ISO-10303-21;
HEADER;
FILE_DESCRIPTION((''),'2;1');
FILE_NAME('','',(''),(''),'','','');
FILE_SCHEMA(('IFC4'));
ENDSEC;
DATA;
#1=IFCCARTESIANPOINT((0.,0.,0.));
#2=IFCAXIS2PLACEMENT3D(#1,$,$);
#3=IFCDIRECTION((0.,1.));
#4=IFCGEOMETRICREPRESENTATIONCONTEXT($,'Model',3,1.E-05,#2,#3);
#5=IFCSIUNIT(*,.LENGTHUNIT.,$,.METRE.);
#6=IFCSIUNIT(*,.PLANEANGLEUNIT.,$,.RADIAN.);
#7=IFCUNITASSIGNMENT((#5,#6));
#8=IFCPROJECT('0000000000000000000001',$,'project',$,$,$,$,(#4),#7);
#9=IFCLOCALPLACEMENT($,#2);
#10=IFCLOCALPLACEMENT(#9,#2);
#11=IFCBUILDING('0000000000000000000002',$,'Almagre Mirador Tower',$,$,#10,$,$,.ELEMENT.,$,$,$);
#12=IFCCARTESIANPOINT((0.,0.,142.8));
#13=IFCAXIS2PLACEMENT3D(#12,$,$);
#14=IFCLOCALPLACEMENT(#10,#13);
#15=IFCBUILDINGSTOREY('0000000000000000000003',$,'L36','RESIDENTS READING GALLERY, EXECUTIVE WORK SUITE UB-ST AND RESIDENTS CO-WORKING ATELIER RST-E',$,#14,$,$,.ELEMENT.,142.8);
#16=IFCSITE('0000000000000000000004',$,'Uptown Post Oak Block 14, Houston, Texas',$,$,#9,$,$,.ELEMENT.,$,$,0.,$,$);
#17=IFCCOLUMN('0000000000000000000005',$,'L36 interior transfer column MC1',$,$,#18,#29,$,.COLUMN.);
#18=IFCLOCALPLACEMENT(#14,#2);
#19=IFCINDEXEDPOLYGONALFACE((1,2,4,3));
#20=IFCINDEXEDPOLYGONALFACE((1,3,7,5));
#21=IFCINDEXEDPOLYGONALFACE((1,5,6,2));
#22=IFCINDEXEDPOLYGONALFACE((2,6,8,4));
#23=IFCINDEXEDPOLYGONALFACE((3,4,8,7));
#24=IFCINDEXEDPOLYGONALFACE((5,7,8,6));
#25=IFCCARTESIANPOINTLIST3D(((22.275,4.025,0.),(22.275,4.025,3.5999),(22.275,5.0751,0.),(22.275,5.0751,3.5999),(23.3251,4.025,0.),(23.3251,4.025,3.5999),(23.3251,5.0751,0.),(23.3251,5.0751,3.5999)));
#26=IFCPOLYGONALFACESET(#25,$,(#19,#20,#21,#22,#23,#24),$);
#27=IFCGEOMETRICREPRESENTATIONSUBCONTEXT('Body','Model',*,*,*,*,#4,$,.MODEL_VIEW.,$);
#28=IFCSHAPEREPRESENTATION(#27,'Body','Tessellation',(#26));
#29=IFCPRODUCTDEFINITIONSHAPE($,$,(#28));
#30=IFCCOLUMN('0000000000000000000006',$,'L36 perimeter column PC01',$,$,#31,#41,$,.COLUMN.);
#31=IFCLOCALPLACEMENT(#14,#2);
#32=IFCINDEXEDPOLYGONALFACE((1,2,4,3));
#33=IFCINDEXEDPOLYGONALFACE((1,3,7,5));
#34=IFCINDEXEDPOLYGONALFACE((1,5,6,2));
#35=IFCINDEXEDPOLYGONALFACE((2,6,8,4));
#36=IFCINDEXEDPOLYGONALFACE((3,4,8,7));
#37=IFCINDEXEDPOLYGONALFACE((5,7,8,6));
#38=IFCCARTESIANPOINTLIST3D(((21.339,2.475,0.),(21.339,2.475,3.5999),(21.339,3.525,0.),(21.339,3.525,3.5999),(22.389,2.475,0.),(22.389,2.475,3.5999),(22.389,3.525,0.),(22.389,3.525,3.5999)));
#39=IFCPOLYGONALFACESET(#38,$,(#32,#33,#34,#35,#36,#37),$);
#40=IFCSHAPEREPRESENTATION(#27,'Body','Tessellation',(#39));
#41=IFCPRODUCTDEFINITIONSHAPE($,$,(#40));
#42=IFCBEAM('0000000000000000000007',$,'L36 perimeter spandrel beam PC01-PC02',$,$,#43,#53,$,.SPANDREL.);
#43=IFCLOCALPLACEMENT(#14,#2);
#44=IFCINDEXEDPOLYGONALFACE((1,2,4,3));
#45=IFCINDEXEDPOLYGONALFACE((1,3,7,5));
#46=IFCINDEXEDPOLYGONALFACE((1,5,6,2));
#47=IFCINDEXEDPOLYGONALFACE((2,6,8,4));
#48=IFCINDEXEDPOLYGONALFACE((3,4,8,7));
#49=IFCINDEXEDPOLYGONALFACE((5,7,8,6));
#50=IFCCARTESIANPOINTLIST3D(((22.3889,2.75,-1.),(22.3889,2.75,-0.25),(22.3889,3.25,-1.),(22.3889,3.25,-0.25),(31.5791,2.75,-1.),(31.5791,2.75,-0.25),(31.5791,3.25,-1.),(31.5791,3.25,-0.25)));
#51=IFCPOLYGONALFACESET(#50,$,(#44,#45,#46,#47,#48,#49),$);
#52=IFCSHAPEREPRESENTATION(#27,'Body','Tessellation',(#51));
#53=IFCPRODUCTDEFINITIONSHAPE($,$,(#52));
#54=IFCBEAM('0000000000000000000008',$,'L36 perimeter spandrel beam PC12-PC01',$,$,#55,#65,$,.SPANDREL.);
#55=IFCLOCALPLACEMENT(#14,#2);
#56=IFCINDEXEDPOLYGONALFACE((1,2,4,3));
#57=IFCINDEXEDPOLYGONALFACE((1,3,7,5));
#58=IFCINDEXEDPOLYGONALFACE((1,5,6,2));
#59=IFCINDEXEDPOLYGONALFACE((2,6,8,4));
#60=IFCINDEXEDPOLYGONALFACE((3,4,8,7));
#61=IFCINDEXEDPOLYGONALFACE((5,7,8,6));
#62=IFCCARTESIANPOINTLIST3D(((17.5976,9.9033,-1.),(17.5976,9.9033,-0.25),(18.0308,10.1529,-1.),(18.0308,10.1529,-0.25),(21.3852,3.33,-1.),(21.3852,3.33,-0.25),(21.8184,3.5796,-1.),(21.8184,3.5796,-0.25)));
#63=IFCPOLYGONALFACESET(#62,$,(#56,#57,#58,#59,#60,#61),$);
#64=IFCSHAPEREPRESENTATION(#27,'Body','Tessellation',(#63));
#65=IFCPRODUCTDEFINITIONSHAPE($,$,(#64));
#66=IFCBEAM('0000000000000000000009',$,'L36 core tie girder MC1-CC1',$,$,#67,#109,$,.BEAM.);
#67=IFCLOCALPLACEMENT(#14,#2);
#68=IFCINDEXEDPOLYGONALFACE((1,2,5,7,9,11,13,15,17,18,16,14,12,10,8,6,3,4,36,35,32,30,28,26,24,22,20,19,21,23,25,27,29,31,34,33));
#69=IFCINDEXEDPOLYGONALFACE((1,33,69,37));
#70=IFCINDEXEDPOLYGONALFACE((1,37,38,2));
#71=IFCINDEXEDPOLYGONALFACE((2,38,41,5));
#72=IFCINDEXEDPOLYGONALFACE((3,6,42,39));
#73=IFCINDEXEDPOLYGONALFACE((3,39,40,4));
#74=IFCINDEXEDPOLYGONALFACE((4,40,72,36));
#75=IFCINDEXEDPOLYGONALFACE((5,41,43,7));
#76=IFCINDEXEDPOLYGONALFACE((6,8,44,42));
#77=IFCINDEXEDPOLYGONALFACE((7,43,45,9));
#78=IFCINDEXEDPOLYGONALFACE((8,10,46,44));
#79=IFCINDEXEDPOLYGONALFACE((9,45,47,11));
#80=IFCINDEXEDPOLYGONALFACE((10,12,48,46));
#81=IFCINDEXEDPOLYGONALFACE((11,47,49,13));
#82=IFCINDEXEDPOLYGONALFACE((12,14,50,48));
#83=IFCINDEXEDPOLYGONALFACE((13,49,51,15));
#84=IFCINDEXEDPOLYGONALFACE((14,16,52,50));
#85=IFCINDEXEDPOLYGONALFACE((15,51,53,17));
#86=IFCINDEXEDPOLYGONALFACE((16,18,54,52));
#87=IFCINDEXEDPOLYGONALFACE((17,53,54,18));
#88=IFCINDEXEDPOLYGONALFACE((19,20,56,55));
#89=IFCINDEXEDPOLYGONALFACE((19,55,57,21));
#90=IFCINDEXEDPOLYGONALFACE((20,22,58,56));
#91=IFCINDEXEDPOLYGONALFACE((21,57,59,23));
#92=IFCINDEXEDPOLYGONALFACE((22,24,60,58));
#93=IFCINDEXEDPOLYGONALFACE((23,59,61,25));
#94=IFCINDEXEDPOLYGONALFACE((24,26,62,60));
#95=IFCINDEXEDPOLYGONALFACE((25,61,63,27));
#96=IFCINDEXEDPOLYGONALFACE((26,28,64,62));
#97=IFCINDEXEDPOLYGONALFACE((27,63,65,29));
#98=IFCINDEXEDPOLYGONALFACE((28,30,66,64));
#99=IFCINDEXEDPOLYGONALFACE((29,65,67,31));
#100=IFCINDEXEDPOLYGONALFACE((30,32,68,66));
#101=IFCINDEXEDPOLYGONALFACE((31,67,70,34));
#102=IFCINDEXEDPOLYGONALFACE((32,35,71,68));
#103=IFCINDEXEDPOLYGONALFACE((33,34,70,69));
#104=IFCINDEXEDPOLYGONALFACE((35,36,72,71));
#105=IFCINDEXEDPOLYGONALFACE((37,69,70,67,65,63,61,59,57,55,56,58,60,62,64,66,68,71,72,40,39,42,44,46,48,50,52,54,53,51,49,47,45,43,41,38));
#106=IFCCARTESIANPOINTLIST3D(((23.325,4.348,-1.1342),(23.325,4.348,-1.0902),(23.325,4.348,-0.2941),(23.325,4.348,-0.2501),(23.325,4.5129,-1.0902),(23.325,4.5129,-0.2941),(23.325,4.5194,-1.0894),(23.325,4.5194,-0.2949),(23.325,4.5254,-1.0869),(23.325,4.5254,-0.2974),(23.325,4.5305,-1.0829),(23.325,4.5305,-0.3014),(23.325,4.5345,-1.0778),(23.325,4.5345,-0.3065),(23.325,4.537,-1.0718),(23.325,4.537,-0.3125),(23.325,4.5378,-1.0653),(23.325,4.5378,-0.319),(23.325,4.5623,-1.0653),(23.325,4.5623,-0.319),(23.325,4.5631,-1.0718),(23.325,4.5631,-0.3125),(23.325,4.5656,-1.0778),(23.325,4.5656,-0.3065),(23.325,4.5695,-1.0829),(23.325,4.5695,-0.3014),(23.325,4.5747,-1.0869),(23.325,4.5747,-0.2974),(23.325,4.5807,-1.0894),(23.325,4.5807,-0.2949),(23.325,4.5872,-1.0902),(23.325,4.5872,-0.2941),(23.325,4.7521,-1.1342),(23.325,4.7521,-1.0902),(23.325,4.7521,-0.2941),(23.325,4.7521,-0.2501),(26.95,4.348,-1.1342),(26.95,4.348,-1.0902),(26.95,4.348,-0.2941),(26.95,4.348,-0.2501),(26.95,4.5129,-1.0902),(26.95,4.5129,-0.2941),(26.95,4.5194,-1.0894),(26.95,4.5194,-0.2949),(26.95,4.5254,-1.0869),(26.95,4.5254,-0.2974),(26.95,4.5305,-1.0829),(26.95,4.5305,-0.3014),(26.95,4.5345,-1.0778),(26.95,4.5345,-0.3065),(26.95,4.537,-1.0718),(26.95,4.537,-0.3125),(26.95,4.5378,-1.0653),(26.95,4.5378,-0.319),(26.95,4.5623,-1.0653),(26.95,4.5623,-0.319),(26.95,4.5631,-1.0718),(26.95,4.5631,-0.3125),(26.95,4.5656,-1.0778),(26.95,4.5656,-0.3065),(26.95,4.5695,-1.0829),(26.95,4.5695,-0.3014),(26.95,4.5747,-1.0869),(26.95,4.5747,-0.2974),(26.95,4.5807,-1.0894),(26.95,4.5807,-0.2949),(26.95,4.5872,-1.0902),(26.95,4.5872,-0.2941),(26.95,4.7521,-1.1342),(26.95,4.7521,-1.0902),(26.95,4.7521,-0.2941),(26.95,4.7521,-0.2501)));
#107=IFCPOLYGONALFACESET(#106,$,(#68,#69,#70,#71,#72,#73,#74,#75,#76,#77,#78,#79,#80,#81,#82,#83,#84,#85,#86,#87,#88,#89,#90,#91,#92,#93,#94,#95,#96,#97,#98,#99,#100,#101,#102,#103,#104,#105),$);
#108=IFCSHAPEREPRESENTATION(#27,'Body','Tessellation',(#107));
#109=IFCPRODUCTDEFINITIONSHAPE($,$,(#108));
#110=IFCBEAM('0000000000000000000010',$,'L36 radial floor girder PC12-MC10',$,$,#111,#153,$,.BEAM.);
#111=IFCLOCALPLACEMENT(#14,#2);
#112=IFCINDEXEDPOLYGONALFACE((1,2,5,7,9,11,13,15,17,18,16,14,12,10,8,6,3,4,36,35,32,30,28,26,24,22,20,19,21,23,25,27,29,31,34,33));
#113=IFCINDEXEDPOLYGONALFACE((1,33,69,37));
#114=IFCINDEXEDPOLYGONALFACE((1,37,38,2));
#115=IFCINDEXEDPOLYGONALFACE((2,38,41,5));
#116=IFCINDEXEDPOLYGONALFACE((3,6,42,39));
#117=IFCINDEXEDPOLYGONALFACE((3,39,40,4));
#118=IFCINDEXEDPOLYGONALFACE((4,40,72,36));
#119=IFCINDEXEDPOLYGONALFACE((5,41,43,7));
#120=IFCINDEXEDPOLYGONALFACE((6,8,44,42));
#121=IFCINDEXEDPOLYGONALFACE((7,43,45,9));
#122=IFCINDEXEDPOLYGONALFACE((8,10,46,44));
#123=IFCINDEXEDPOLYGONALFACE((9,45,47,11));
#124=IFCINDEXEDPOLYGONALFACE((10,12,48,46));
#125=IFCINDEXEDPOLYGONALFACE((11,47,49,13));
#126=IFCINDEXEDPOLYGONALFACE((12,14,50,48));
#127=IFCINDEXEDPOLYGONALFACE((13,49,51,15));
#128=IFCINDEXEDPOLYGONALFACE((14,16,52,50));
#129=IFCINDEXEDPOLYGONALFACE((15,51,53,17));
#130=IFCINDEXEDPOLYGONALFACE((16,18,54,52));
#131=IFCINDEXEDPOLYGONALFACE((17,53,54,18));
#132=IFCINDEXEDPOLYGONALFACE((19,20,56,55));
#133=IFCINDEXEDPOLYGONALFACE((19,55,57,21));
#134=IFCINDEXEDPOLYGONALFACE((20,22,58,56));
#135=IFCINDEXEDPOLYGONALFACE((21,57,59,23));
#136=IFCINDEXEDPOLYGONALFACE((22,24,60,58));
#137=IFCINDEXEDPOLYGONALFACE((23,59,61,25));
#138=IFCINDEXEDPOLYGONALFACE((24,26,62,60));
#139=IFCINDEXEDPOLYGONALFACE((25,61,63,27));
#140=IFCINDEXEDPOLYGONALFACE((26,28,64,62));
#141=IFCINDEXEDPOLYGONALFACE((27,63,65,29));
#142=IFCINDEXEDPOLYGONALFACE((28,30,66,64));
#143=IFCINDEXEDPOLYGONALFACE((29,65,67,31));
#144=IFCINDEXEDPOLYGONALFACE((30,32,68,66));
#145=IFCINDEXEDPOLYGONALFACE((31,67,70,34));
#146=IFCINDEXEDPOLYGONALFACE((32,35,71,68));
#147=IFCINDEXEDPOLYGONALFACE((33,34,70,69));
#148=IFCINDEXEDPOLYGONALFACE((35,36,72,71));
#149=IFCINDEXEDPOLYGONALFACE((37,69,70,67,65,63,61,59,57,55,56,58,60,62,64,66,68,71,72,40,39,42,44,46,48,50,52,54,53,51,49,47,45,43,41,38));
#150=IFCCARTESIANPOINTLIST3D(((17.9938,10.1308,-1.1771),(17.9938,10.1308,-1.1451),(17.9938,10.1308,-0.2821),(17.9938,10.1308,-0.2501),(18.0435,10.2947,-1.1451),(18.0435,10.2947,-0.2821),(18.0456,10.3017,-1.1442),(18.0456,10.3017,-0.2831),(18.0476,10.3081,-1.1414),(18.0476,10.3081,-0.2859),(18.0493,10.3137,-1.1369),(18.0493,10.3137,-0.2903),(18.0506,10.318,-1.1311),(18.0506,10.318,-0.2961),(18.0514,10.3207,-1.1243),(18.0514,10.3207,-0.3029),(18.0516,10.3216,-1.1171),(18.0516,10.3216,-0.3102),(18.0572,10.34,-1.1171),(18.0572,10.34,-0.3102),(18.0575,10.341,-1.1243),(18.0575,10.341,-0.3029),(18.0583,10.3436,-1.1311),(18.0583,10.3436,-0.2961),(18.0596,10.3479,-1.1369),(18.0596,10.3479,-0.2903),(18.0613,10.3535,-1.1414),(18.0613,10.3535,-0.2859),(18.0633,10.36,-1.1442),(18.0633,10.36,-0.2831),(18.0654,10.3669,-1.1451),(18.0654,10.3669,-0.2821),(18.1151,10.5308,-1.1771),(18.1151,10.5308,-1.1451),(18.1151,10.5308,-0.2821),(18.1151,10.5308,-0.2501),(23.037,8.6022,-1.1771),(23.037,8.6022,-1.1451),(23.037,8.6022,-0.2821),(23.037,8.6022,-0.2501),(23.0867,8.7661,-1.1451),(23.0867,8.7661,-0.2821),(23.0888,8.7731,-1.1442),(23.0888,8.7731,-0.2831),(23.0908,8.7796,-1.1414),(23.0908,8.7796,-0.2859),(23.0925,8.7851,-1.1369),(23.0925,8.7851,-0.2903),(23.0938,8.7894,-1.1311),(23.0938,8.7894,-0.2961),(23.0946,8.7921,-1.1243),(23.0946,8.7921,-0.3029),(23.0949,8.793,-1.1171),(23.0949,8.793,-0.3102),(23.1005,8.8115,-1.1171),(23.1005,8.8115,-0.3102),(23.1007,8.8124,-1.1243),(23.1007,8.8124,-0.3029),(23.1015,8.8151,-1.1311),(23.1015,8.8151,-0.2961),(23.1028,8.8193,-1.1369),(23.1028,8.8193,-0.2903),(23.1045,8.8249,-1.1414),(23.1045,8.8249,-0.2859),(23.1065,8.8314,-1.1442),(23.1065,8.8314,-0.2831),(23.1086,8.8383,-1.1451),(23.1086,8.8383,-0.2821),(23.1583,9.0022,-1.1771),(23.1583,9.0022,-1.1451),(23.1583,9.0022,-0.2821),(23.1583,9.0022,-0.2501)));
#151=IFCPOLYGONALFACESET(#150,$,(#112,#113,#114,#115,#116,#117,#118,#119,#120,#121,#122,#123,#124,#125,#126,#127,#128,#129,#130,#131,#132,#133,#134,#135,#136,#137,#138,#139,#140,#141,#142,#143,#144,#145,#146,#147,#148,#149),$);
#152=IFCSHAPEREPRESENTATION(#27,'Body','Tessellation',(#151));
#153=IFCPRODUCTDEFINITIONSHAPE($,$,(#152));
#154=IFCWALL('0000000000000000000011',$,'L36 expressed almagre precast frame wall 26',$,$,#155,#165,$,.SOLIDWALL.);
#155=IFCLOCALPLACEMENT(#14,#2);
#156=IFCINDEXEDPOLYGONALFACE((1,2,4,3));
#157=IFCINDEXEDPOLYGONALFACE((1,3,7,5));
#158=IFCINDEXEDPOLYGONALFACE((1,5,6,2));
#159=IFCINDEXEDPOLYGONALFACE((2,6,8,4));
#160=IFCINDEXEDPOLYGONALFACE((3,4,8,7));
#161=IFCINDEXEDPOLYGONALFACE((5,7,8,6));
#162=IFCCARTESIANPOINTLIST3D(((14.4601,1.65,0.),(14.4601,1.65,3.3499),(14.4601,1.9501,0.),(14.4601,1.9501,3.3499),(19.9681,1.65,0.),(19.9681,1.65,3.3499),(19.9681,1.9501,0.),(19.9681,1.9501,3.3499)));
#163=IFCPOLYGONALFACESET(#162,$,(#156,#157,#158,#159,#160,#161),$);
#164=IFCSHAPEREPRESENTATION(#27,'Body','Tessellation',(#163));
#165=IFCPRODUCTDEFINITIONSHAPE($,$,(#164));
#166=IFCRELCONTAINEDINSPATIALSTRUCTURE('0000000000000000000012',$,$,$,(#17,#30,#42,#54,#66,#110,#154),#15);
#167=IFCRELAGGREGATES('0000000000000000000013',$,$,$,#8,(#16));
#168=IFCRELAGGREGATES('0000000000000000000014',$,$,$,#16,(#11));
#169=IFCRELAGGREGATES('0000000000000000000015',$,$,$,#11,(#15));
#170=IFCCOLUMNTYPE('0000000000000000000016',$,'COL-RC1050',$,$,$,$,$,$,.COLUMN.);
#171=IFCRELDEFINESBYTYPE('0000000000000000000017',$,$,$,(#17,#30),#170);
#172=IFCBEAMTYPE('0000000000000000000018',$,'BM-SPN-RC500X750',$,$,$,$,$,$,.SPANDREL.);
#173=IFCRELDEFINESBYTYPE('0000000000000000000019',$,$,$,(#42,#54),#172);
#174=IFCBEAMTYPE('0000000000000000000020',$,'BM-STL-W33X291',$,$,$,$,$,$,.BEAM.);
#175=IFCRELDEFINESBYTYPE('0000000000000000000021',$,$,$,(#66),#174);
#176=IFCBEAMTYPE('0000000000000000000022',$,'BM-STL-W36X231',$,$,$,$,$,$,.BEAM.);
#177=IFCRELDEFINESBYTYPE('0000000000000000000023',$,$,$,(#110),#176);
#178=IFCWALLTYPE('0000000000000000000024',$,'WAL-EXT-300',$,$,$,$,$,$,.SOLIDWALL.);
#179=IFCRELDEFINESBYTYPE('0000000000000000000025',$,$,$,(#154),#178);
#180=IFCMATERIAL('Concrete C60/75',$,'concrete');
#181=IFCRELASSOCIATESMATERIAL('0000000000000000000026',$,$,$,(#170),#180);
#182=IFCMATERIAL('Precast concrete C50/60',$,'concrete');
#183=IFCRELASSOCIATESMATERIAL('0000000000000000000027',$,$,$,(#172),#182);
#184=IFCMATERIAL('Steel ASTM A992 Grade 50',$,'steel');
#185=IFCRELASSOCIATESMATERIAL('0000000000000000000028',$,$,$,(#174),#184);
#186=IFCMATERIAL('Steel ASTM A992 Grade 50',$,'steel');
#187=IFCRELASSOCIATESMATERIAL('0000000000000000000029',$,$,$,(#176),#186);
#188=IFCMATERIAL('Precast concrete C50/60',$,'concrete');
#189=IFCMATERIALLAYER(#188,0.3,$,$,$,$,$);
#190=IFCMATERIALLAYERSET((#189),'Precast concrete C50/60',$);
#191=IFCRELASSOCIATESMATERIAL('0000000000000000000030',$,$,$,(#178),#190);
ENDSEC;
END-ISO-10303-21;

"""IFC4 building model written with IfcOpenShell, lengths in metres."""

from ifc_helpers import new_model, si_unit, direction, frame, frame_2d, origin, origin_2d, place, context, subcontext, project, spatial, rectangle, i_section, extrude, material, layer, layer_set, material_profile, profile_set, type_object, element, save


model = new_model("IFC4")

# Units and contexts
model_context = context("Model", 3, precision=1e-05, world=origin(), true_north=direction((0.0, 1.0)))
body_context = subcontext(model_context, "Body", "Model", "MODEL_VIEW")
ifc_project = project(units=[si_unit("LENGTHUNIT", "METRE"), si_unit("PLANEANGLEUNIT", "RADIAN")], contexts=[model_context])

# Site, building, storey
site_placement = place(None, origin())
site = spatial("IfcSite", under=ifc_project, at=site_placement, Name="Uptown Post Oak Block 14, Houston, Texas", CompositionType="ELEMENT", RefElevation=0.0)
building_placement = place(site_placement, origin())
building = spatial("IfcBuilding", under=site, at=building_placement, Name="Almagre Mirador Tower", CompositionType="ELEMENT")
storey_placement = place(building_placement, frame((0.0, 0.0, 142.8)))
storey = spatial("IfcBuildingStorey", under=building, at=storey_placement, Name="L36", Description="RESIDENTS READING GALLERY, EXECUTIVE WORK SUITE UB-ST AND RESIDENTS CO-WORKING ATELIER RST-E", CompositionType="ELEMENT", Elevation=142.8)

# Columns
ifc_material_1 = material(Name="Concrete C60/75", Category="concrete")
ifc_material_profile_1 = material_profile(ifc_material_1, rectangle(XDim=1.05, YDim=1.05, at=origin_2d()), Name="RC1050X1050")
ifc_profile_set_1 = profile_set([ifc_material_profile_1], Name="Concrete C60/75")
column_type = type_object("IfcColumnType", Name="COL-RC1050", PredefinedType="COLUMN", material=ifc_profile_set_1)
for number, where, z_axis, x_axis, name in (
    (1, (22.8, 4.55, 0.0), (0.0, 0.0, 1.0), (1.0, 0.0, 0.0), "L36 interior transfer column MC1"),
    (2, (21.864, 3.0, 0.0), (0.0, 0.0, 1.0), (1.0, 0.0, 0.0), "L36 perimeter column PC01"),
):
    element("IfcColumn", number, at=place(storey_placement, frame(where, z_axis=z_axis, x_axis=x_axis)), inside=storey, type_object=column_type, Name=name, PredefinedType="COLUMN", context=body_context, shape_type="SweptSolid", body=[
        extrude(rectangle(XDim=1.05, YDim=1.05, at=origin_2d()), origin(), (0.0, 0.0, 1.0), 3.5999),
    ])

# Beams
ifc_material_2 = material(Name="Precast concrete C50/60", Category="concrete")
ifc_material_profile_2 = material_profile(ifc_material_2, rectangle(XDim=0.5, YDim=0.75, at=origin_2d()), Name="RC500X750")
ifc_profile_set_2 = profile_set([ifc_material_profile_2], Name="Precast concrete C50/60")
beam_type_1 = type_object("IfcBeamType", Name="BM-SPN-RC500X750", PredefinedType="SPANDREL", material=ifc_profile_set_2)
beam_1_placement = place(storey_placement, frame((22.3889, 3.0, -0.625), z_axis=(1.0, 0.0, 0.0), x_axis=(0.0, 1.0, 0.0)))
element("IfcBeam", 3, at=beam_1_placement, inside=storey, type_object=beam_type_1, Name="L36 perimeter spandrel beam PC01-PC02", PredefinedType="SPANDREL", context=body_context, shape_type="SweptSolid", body=[
    extrude(rectangle(XDim=0.5, YDim=0.75, at=origin_2d()), origin(), (0.0, 0.0, 1.0), 9.1902),
])
beam_2_placement = place(storey_placement, frame((17.8142, 10.0281, -0.625), z_axis=(0.499262, -0.866451, 0.0), x_axis=(0.866451, 0.499262, 0.0)))
element("IfcBeam", 4, at=beam_2_placement, inside=storey, type_object=beam_type_1, Name="L36 perimeter spandrel beam PC12-PC01", PredefinedType="SPANDREL", context=body_context, shape_type="SweptSolid", body=[
    extrude(rectangle(XDim=0.5, YDim=0.75, at=origin_2d()), origin(), (0.0, 0.0, 1.0), 7.5864),
])
ifc_material_3 = material(Name="Steel ASTM A992 Grade 50", Category="steel")
ifc_material_profile_3 = material_profile(ifc_material_3, i_section(OverallWidth=0.4041, OverallDepth=0.884, WebThickness=0.0244, FlangeThickness=0.0439, FilletRadius=0.0249, at=origin_2d()), Name="W33X291")
ifc_profile_set_3 = profile_set([ifc_material_profile_3], Name="Steel ASTM A992 Grade 50")
beam_type_2 = type_object("IfcBeamType", Name="BM-STL-W33X291", PredefinedType="BEAM", material=ifc_profile_set_3)
beam_3_placement = place(storey_placement, frame((23.325, 4.55, -0.6921), z_axis=(1.0, 0.0, 0.0), x_axis=(0.0, 1.0, 0.0)))
element("IfcBeam", 5, at=beam_3_placement, inside=storey, type_object=beam_type_2, Name="L36 core tie girder MC1-CC1", PredefinedType="BEAM", context=body_context, shape_type="SweptSolid", body=[
    extrude(i_section(OverallWidth=0.4041, OverallDepth=0.884, WebThickness=0.0244, FlangeThickness=0.0439, FilletRadius=0.0249, at=origin_2d()), origin(), (0.0, 0.0, 1.0), 3.625),
])
ifc_material_4 = material(Name="Steel ASTM A992 Grade 50", Category="steel")
ifc_material_profile_4 = material_profile(ifc_material_4, i_section(OverallWidth=0.418, OverallDepth=0.927, WebThickness=0.0193, FlangeThickness=0.032, FilletRadius=0.0281, at=origin_2d()), Name="W36X231")
ifc_profile_set_4 = profile_set([ifc_material_profile_4], Name="Steel ASTM A992 Grade 50")
beam_type_3 = type_object("IfcBeamType", Name="BM-STL-W36X231", PredefinedType="BEAM", material=ifc_profile_set_4)
beam_4_placement = place(storey_placement, frame((18.0544, 10.3308, -0.7136), z_axis=(0.957008, -0.290063, 0.0), x_axis=(0.290063, 0.957008, 0.0)))
element("IfcBeam", 6, at=beam_4_placement, inside=storey, type_object=beam_type_3, Name="L36 radial floor girder PC12-MC10", PredefinedType="BEAM", context=body_context, shape_type="SweptSolid", body=[
    extrude(i_section(OverallWidth=0.418, OverallDepth=0.927, WebThickness=0.0193, FlangeThickness=0.032, FilletRadius=0.0281, at=origin_2d()), origin(), (0.0, 0.0, 1.0), 5.2698),
])

# Wall
ifc_material_5 = material(Name="Precast concrete C50/60", Category="concrete")
ifc_layer_1 = layer(ifc_material_5, 0.3)
ifc_layer_set_1 = layer_set([ifc_layer_1], Name="Precast concrete C50/60")
wall_type_1 = type_object("IfcWallType", Name="WAL-EXT-300", PredefinedType="SOLIDWALL", material=ifc_layer_set_1)
wall_1_placement = place(storey_placement, frame((19.968, 1.8, 0.0), z_axis=(0.0, 0.0, 1.0), x_axis=(-1.0, 0.0, 0.0)))
element("IfcWall", 7, at=wall_1_placement, inside=storey, type_object=wall_type_1, Name="L36 expressed almagre precast frame wall 26", PredefinedType="SOLIDWALL", context=body_context, shape_type="SweptSolid", body=[
    extrude(rectangle(XDim=5.5081, YDim=0.3, at=frame_2d((2.7539, 0.0))), origin(), (0.0, 0.0, 1.0), 3.3499),
])

save(model, "model.ifc")
